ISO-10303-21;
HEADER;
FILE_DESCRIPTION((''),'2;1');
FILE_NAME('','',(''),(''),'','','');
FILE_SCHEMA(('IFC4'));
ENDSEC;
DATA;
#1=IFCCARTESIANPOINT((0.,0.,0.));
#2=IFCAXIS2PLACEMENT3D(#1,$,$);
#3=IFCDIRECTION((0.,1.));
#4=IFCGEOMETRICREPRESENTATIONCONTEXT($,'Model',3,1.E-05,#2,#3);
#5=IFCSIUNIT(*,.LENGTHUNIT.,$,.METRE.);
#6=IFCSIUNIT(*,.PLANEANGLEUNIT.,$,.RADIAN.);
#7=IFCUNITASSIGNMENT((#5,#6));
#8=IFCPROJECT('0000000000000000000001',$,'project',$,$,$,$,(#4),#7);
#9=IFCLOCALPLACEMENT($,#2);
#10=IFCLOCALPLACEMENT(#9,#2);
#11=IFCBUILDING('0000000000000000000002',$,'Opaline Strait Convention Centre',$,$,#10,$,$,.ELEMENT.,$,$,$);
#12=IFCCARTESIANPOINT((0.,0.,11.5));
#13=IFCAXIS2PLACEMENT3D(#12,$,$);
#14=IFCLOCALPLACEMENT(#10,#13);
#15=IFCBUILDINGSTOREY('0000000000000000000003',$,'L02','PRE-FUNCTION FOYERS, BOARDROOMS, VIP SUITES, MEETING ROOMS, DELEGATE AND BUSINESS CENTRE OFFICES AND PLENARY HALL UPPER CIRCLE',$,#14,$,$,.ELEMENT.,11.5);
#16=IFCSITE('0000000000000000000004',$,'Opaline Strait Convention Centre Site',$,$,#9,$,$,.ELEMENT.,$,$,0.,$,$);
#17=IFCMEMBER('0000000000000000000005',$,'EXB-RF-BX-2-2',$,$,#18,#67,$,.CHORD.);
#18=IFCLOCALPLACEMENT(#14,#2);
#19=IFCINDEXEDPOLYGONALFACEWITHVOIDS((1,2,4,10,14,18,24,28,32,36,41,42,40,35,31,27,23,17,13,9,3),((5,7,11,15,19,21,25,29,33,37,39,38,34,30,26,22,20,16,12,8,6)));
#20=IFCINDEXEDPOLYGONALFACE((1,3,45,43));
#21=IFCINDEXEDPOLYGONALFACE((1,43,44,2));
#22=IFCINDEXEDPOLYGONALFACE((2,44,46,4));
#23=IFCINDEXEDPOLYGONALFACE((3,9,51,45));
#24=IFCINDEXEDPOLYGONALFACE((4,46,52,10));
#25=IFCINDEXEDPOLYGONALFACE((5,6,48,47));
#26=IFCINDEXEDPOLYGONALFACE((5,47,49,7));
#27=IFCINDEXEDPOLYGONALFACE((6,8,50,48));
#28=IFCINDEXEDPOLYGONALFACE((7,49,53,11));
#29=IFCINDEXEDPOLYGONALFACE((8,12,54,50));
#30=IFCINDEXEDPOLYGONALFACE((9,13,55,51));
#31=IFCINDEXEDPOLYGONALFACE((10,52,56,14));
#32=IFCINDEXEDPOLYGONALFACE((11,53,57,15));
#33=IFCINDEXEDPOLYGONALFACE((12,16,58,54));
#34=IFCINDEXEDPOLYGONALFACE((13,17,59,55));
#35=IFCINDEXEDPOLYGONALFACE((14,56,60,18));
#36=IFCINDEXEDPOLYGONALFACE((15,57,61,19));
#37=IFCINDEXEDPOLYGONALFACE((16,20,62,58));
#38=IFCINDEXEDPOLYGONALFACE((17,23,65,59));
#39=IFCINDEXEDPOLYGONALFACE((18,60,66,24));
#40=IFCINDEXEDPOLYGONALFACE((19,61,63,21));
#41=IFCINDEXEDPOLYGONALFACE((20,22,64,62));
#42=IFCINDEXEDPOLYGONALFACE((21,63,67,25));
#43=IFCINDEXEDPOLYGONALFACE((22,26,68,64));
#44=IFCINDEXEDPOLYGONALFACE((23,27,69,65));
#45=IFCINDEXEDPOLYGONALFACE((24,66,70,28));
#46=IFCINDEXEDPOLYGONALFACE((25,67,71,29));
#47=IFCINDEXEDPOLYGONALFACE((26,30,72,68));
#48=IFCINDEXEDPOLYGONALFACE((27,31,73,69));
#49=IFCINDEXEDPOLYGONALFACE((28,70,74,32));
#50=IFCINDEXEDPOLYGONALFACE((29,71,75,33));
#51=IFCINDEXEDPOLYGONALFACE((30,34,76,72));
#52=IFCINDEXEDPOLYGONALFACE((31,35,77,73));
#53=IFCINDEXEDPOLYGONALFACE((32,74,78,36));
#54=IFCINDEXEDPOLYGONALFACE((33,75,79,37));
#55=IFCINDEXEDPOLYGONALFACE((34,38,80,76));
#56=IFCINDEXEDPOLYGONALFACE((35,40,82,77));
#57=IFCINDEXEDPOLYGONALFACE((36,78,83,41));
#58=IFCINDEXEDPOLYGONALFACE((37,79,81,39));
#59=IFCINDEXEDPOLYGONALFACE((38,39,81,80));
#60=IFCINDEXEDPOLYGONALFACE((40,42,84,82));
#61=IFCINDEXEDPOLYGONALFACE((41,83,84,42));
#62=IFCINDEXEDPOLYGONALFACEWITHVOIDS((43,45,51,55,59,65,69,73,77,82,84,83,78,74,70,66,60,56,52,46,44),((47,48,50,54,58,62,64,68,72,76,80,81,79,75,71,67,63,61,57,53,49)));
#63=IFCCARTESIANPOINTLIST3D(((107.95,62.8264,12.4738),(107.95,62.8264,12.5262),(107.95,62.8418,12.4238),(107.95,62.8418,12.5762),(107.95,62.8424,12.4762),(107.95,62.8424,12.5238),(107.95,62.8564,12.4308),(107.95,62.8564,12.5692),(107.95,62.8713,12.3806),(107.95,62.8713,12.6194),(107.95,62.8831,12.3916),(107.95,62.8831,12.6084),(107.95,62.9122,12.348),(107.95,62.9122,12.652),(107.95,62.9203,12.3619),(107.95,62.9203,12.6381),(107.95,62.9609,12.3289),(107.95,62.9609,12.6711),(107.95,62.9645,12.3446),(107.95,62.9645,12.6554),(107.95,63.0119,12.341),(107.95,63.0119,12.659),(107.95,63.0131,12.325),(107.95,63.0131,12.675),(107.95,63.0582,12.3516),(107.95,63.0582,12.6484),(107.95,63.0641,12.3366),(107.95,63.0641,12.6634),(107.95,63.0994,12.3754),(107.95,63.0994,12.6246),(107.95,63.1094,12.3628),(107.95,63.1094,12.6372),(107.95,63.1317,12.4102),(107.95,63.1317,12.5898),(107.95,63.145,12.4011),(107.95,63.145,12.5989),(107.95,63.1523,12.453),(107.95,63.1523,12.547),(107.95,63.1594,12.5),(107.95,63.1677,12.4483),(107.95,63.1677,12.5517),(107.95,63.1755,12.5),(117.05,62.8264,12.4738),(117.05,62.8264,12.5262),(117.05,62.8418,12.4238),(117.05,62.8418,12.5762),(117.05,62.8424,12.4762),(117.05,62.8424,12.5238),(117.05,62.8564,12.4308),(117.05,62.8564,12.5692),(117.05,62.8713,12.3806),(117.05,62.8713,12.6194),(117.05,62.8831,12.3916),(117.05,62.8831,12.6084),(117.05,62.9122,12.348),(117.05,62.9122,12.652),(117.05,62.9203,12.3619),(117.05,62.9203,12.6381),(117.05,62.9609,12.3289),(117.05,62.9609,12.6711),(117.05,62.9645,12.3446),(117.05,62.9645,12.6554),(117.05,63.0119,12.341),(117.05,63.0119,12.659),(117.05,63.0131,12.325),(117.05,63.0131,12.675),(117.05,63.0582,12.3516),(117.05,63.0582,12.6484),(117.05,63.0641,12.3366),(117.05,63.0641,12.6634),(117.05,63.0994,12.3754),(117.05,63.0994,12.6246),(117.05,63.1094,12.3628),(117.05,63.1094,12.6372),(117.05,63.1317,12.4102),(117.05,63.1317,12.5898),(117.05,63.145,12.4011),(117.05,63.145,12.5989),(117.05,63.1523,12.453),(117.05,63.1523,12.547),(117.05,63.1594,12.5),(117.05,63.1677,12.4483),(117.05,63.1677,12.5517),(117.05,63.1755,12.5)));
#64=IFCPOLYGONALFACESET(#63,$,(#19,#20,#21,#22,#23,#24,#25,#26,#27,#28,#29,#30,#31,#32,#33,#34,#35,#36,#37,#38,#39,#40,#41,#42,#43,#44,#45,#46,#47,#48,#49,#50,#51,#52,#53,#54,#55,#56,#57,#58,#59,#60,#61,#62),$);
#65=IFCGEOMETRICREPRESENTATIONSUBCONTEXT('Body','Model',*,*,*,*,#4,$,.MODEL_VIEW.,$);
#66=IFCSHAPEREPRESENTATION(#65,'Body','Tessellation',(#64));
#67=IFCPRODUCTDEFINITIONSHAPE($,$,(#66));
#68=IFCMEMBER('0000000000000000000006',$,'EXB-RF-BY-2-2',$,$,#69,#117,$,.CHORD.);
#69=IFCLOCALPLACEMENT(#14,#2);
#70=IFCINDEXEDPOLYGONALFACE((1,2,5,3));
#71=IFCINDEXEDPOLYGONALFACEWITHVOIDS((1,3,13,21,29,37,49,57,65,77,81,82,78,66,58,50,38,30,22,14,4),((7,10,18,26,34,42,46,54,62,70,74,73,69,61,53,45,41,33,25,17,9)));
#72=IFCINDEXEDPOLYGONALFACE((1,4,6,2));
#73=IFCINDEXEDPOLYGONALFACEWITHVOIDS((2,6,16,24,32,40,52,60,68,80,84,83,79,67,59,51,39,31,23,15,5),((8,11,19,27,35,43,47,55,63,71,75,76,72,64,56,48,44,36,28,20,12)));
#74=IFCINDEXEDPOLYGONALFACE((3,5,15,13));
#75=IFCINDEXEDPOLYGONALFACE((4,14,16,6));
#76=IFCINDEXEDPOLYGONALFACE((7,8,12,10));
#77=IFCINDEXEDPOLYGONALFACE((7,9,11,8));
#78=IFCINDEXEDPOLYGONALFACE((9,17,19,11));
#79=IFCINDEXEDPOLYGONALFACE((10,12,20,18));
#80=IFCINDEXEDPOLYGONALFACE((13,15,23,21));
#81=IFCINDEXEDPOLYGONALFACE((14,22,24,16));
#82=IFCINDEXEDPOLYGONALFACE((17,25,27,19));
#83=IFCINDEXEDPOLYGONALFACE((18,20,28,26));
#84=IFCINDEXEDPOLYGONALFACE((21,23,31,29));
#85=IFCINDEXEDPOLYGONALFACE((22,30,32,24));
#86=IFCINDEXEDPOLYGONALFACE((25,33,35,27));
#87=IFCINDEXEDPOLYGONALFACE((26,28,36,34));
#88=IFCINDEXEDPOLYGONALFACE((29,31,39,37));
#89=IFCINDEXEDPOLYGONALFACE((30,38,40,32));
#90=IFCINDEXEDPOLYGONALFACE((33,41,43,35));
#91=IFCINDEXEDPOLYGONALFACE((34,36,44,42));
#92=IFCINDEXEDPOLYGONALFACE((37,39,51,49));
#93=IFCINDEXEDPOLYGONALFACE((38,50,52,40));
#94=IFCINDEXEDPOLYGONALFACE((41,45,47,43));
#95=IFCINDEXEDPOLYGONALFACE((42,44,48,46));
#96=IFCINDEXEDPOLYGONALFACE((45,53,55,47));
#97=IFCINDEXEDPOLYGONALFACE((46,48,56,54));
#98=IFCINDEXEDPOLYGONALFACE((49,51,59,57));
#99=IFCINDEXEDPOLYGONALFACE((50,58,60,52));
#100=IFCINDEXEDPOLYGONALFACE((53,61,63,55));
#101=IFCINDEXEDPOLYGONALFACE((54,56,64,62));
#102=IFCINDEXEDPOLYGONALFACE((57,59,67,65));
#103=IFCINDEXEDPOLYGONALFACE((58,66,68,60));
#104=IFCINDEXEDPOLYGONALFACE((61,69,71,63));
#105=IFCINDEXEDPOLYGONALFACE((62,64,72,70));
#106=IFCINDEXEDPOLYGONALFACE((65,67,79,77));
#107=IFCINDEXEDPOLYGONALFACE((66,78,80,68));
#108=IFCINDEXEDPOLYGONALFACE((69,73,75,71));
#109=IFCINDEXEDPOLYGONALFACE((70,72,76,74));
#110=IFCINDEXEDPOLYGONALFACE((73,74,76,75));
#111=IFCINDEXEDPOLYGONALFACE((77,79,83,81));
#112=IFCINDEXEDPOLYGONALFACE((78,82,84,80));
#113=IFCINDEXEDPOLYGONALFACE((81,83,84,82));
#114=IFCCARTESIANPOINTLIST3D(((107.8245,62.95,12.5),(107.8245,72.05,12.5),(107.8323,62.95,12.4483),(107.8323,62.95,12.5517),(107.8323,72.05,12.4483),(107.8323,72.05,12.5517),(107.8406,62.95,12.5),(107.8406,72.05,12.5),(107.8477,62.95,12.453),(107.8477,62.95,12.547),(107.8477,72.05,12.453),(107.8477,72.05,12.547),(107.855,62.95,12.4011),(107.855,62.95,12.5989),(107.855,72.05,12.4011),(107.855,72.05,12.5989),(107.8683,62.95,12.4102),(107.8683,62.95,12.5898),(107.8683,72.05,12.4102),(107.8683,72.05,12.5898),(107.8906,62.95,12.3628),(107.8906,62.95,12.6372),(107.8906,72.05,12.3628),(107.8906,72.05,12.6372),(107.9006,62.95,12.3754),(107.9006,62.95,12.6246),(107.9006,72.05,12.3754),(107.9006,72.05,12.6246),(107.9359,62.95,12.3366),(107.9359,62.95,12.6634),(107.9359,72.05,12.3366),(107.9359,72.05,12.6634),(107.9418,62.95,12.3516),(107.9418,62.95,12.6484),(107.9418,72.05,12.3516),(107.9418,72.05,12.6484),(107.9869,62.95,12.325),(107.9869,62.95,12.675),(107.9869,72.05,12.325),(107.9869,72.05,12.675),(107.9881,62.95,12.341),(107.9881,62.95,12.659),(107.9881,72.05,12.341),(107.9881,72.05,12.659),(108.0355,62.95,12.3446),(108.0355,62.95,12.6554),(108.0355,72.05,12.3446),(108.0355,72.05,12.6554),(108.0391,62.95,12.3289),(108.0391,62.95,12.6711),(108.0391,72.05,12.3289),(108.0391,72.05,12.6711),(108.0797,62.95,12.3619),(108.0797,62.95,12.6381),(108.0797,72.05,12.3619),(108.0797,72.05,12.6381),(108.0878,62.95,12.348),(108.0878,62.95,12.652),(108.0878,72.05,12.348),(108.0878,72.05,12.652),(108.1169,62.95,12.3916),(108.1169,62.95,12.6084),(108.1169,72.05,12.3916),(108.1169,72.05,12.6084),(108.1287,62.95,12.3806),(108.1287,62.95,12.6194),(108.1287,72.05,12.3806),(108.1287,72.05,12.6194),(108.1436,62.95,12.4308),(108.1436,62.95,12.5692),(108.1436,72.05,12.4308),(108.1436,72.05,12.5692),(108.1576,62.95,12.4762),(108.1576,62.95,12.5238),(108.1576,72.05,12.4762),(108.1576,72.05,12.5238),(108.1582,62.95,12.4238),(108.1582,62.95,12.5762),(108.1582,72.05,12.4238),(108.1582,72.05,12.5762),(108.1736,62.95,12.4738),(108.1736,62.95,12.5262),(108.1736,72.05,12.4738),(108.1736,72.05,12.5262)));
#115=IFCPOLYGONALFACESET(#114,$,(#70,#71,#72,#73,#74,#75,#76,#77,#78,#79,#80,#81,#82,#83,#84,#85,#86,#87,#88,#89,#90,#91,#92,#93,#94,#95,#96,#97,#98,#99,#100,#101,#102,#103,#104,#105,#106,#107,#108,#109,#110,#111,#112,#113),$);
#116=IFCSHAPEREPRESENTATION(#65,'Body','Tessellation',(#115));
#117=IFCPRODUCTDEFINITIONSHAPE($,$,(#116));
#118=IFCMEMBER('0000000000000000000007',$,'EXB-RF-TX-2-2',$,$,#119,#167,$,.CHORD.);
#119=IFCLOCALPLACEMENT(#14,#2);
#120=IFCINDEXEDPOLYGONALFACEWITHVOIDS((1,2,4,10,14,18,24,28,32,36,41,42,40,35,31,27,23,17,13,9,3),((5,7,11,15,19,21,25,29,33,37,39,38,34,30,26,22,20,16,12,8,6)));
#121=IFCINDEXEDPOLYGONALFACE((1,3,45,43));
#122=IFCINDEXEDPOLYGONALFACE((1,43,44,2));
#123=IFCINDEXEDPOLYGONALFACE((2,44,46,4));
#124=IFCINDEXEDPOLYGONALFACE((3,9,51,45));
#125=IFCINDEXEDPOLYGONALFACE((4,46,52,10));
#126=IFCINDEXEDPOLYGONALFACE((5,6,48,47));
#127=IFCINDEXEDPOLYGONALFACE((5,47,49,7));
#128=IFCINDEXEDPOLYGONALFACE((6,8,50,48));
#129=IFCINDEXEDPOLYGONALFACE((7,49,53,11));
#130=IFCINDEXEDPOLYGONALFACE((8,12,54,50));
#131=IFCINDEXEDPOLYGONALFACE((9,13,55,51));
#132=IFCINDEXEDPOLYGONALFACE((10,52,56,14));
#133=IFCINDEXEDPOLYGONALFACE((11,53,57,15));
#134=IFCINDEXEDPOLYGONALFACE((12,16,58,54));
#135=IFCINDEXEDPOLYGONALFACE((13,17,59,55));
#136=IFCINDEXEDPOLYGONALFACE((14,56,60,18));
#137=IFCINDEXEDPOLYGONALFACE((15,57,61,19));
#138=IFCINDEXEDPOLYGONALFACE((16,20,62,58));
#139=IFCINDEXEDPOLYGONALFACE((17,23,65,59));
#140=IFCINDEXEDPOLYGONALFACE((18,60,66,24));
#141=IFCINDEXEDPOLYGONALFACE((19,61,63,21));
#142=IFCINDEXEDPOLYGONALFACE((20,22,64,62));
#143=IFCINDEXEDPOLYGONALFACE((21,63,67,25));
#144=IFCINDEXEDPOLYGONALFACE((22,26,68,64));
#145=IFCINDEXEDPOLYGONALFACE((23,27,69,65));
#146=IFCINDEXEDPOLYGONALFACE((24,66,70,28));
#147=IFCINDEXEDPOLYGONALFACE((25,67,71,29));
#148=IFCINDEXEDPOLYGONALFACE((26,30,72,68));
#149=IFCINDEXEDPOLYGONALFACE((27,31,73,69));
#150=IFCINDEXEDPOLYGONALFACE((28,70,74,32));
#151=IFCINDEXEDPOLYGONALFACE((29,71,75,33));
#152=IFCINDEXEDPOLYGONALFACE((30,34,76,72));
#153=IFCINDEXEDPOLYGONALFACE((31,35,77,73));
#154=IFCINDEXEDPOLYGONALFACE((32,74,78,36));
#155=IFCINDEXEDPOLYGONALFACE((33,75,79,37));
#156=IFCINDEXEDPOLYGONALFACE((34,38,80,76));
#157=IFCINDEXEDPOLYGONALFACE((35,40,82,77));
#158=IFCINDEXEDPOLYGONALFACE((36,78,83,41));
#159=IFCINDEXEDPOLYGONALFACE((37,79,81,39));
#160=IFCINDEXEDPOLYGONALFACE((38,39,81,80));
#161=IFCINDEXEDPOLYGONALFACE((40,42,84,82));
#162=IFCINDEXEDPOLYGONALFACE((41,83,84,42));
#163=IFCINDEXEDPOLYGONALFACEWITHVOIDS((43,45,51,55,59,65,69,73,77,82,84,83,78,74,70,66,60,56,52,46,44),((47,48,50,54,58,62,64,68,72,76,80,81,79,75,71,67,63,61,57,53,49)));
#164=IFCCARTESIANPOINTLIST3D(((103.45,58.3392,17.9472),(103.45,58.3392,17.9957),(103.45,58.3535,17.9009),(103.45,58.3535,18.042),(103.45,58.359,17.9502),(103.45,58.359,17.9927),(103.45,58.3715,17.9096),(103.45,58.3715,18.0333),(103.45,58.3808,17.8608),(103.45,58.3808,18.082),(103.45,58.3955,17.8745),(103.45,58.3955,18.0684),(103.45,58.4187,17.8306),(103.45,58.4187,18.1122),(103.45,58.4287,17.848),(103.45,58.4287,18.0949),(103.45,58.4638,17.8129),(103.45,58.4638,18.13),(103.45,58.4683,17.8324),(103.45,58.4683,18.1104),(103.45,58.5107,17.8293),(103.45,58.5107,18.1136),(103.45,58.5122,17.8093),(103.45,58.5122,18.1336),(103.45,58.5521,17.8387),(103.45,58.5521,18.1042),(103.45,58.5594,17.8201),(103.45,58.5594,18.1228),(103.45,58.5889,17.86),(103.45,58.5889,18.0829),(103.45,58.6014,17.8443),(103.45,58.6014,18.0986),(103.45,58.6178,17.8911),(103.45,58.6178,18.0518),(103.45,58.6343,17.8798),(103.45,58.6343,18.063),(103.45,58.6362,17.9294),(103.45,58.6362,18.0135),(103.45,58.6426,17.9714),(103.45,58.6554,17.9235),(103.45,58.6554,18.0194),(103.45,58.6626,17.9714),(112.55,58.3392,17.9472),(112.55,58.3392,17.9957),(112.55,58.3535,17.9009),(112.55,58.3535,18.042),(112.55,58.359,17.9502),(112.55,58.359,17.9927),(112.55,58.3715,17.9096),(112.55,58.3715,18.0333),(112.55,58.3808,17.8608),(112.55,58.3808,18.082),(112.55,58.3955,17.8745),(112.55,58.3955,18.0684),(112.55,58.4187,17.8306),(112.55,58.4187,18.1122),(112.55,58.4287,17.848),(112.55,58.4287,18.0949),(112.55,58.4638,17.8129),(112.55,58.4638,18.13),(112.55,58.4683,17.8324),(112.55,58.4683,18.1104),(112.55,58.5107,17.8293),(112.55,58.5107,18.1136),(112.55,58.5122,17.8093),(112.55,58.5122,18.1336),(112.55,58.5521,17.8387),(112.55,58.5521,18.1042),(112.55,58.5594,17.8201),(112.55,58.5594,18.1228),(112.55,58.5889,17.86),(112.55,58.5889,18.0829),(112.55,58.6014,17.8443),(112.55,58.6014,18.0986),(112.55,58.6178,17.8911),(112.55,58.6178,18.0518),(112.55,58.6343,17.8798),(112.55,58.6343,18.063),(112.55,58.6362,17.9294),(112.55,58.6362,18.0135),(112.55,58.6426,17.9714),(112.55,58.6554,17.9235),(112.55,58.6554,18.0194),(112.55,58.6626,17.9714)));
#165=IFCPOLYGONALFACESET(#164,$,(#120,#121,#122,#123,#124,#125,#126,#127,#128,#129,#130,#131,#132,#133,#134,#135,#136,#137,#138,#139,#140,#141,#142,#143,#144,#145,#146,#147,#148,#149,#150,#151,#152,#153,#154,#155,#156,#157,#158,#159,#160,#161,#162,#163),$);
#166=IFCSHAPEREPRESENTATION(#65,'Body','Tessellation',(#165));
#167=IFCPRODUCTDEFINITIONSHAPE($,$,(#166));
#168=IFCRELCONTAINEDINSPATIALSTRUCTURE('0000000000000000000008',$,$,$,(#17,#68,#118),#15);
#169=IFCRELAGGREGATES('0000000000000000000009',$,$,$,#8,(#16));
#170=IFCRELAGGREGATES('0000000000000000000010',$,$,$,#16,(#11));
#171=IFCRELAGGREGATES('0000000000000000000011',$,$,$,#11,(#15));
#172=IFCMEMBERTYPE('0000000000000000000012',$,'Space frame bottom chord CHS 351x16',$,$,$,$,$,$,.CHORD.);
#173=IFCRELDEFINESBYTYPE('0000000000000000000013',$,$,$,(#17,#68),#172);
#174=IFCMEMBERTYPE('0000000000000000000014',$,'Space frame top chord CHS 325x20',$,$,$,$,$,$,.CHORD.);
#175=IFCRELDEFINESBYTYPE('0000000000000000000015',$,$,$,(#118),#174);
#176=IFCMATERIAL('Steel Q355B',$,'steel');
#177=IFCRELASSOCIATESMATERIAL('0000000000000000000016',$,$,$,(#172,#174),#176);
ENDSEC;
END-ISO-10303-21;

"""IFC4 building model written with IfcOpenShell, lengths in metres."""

from ifc_helpers import new_model, si_unit, direction, frame, origin, origin_2d, place, context, subcontext, project, spatial, hollow_circle, extrude, material, material_profile, profile_set, type_object, element, save


model = new_model("IFC4")

# Units and contexts
model_context = context("Model", 3, precision=1e-05, world=origin(), true_north=direction((0.0, 1.0)))
body_context = subcontext(model_context, "Body", "Model", "MODEL_VIEW")
ifc_project = project(units=[si_unit("LENGTHUNIT", "METRE"), si_unit("PLANEANGLEUNIT", "RADIAN")], contexts=[model_context])

# Site, building, storey
site_placement = place(None, origin())
site = spatial("IfcSite", under=ifc_project, at=site_placement, Name="Opaline Strait Convention Centre Site", CompositionType="ELEMENT", RefElevation=0.0)
building_placement = place(site_placement, origin())
building = spatial("IfcBuilding", under=site, at=building_placement, Name="Opaline Strait Convention Centre", CompositionType="ELEMENT")
storey_placement = place(building_placement, frame((0.0, 0.0, 11.5)))
storey = spatial("IfcBuildingStorey", under=building, at=storey_placement, Name="L02", Description="PRE-FUNCTION FOYERS, BOARDROOMS, VIP SUITES, MEETING ROOMS, DELEGATE AND BUSINESS CENTRE OFFICES AND PLENARY HALL UPPER CIRCLE", CompositionType="ELEMENT", Elevation=11.5)

# Members
ifc_material = material(Name="Steel Q355B", Category="steel")
ifc_material_profile_1 = material_profile(ifc_material, hollow_circle(Radius=0.1755, WallThickness=0.0161, at=origin_2d()), Name="CHS 351x16")
ifc_profile_set_1 = profile_set([ifc_material_profile_1], Name="Steel Q355B")
member_type_1 = type_object("IfcMemberType", Name="Space frame bottom chord CHS 351x16", PredefinedType="CHORD", material=ifc_profile_set_1)
for number, where, z_axis, x_axis, name in (
    (1, (107.95, 63.0, 12.5), (1.0, 0.0, 0.0), (0.0, 1.0, 0.0), "EXB-RF-BX-2-2"),
    (2, (108.0, 62.95, 12.5), (0.0, 1.0, 0.0), (-1.0, 0.0, 0.0), "EXB-RF-BY-2-2"),
):
    element("IfcMember", number, at=place(storey_placement, frame(where, z_axis=z_axis, x_axis=x_axis)), inside=storey, type_object=member_type_1, Name=name, PredefinedType="CHORD", context=body_context, shape_type="SweptSolid", body=[
        extrude(hollow_circle(Radius=0.1755, WallThickness=0.0161, at=origin_2d()), origin(), (0.0, 0.0, 1.0), 9.1001),
    ])
ifc_material_profile_2 = material_profile(ifc_material, hollow_circle(Radius=0.1626, WallThickness=0.02, at=origin_2d()), Name="CHS 325x20")
ifc_profile_set_2 = profile_set([ifc_material_profile_2], Name="Steel Q355B")
member_type_2 = type_object("IfcMemberType", Name="Space frame top chord CHS 325x20", PredefinedType="CHORD", material=ifc_profile_set_2)
for number, where, z_axis, x_axis, name in (
    (3, (103.45, 58.5, 17.9714), (1.0, 0.0, 0.0), (0.0, 1.0, 0.0), "EXB-RF-TX-2-2"),
):
    element("IfcMember", number, at=place(storey_placement, frame(where, z_axis=z_axis, x_axis=x_axis)), inside=storey, type_object=member_type_2, Name=name, PredefinedType="CHORD", context=body_context, shape_type="SweptSolid", body=[
        extrude(hollow_circle(Radius=0.1626, WallThickness=0.02, at=origin_2d()), origin(), (0.0, 0.0, 1.0), 9.1001),
    ])

save(model, "model.ifc")
